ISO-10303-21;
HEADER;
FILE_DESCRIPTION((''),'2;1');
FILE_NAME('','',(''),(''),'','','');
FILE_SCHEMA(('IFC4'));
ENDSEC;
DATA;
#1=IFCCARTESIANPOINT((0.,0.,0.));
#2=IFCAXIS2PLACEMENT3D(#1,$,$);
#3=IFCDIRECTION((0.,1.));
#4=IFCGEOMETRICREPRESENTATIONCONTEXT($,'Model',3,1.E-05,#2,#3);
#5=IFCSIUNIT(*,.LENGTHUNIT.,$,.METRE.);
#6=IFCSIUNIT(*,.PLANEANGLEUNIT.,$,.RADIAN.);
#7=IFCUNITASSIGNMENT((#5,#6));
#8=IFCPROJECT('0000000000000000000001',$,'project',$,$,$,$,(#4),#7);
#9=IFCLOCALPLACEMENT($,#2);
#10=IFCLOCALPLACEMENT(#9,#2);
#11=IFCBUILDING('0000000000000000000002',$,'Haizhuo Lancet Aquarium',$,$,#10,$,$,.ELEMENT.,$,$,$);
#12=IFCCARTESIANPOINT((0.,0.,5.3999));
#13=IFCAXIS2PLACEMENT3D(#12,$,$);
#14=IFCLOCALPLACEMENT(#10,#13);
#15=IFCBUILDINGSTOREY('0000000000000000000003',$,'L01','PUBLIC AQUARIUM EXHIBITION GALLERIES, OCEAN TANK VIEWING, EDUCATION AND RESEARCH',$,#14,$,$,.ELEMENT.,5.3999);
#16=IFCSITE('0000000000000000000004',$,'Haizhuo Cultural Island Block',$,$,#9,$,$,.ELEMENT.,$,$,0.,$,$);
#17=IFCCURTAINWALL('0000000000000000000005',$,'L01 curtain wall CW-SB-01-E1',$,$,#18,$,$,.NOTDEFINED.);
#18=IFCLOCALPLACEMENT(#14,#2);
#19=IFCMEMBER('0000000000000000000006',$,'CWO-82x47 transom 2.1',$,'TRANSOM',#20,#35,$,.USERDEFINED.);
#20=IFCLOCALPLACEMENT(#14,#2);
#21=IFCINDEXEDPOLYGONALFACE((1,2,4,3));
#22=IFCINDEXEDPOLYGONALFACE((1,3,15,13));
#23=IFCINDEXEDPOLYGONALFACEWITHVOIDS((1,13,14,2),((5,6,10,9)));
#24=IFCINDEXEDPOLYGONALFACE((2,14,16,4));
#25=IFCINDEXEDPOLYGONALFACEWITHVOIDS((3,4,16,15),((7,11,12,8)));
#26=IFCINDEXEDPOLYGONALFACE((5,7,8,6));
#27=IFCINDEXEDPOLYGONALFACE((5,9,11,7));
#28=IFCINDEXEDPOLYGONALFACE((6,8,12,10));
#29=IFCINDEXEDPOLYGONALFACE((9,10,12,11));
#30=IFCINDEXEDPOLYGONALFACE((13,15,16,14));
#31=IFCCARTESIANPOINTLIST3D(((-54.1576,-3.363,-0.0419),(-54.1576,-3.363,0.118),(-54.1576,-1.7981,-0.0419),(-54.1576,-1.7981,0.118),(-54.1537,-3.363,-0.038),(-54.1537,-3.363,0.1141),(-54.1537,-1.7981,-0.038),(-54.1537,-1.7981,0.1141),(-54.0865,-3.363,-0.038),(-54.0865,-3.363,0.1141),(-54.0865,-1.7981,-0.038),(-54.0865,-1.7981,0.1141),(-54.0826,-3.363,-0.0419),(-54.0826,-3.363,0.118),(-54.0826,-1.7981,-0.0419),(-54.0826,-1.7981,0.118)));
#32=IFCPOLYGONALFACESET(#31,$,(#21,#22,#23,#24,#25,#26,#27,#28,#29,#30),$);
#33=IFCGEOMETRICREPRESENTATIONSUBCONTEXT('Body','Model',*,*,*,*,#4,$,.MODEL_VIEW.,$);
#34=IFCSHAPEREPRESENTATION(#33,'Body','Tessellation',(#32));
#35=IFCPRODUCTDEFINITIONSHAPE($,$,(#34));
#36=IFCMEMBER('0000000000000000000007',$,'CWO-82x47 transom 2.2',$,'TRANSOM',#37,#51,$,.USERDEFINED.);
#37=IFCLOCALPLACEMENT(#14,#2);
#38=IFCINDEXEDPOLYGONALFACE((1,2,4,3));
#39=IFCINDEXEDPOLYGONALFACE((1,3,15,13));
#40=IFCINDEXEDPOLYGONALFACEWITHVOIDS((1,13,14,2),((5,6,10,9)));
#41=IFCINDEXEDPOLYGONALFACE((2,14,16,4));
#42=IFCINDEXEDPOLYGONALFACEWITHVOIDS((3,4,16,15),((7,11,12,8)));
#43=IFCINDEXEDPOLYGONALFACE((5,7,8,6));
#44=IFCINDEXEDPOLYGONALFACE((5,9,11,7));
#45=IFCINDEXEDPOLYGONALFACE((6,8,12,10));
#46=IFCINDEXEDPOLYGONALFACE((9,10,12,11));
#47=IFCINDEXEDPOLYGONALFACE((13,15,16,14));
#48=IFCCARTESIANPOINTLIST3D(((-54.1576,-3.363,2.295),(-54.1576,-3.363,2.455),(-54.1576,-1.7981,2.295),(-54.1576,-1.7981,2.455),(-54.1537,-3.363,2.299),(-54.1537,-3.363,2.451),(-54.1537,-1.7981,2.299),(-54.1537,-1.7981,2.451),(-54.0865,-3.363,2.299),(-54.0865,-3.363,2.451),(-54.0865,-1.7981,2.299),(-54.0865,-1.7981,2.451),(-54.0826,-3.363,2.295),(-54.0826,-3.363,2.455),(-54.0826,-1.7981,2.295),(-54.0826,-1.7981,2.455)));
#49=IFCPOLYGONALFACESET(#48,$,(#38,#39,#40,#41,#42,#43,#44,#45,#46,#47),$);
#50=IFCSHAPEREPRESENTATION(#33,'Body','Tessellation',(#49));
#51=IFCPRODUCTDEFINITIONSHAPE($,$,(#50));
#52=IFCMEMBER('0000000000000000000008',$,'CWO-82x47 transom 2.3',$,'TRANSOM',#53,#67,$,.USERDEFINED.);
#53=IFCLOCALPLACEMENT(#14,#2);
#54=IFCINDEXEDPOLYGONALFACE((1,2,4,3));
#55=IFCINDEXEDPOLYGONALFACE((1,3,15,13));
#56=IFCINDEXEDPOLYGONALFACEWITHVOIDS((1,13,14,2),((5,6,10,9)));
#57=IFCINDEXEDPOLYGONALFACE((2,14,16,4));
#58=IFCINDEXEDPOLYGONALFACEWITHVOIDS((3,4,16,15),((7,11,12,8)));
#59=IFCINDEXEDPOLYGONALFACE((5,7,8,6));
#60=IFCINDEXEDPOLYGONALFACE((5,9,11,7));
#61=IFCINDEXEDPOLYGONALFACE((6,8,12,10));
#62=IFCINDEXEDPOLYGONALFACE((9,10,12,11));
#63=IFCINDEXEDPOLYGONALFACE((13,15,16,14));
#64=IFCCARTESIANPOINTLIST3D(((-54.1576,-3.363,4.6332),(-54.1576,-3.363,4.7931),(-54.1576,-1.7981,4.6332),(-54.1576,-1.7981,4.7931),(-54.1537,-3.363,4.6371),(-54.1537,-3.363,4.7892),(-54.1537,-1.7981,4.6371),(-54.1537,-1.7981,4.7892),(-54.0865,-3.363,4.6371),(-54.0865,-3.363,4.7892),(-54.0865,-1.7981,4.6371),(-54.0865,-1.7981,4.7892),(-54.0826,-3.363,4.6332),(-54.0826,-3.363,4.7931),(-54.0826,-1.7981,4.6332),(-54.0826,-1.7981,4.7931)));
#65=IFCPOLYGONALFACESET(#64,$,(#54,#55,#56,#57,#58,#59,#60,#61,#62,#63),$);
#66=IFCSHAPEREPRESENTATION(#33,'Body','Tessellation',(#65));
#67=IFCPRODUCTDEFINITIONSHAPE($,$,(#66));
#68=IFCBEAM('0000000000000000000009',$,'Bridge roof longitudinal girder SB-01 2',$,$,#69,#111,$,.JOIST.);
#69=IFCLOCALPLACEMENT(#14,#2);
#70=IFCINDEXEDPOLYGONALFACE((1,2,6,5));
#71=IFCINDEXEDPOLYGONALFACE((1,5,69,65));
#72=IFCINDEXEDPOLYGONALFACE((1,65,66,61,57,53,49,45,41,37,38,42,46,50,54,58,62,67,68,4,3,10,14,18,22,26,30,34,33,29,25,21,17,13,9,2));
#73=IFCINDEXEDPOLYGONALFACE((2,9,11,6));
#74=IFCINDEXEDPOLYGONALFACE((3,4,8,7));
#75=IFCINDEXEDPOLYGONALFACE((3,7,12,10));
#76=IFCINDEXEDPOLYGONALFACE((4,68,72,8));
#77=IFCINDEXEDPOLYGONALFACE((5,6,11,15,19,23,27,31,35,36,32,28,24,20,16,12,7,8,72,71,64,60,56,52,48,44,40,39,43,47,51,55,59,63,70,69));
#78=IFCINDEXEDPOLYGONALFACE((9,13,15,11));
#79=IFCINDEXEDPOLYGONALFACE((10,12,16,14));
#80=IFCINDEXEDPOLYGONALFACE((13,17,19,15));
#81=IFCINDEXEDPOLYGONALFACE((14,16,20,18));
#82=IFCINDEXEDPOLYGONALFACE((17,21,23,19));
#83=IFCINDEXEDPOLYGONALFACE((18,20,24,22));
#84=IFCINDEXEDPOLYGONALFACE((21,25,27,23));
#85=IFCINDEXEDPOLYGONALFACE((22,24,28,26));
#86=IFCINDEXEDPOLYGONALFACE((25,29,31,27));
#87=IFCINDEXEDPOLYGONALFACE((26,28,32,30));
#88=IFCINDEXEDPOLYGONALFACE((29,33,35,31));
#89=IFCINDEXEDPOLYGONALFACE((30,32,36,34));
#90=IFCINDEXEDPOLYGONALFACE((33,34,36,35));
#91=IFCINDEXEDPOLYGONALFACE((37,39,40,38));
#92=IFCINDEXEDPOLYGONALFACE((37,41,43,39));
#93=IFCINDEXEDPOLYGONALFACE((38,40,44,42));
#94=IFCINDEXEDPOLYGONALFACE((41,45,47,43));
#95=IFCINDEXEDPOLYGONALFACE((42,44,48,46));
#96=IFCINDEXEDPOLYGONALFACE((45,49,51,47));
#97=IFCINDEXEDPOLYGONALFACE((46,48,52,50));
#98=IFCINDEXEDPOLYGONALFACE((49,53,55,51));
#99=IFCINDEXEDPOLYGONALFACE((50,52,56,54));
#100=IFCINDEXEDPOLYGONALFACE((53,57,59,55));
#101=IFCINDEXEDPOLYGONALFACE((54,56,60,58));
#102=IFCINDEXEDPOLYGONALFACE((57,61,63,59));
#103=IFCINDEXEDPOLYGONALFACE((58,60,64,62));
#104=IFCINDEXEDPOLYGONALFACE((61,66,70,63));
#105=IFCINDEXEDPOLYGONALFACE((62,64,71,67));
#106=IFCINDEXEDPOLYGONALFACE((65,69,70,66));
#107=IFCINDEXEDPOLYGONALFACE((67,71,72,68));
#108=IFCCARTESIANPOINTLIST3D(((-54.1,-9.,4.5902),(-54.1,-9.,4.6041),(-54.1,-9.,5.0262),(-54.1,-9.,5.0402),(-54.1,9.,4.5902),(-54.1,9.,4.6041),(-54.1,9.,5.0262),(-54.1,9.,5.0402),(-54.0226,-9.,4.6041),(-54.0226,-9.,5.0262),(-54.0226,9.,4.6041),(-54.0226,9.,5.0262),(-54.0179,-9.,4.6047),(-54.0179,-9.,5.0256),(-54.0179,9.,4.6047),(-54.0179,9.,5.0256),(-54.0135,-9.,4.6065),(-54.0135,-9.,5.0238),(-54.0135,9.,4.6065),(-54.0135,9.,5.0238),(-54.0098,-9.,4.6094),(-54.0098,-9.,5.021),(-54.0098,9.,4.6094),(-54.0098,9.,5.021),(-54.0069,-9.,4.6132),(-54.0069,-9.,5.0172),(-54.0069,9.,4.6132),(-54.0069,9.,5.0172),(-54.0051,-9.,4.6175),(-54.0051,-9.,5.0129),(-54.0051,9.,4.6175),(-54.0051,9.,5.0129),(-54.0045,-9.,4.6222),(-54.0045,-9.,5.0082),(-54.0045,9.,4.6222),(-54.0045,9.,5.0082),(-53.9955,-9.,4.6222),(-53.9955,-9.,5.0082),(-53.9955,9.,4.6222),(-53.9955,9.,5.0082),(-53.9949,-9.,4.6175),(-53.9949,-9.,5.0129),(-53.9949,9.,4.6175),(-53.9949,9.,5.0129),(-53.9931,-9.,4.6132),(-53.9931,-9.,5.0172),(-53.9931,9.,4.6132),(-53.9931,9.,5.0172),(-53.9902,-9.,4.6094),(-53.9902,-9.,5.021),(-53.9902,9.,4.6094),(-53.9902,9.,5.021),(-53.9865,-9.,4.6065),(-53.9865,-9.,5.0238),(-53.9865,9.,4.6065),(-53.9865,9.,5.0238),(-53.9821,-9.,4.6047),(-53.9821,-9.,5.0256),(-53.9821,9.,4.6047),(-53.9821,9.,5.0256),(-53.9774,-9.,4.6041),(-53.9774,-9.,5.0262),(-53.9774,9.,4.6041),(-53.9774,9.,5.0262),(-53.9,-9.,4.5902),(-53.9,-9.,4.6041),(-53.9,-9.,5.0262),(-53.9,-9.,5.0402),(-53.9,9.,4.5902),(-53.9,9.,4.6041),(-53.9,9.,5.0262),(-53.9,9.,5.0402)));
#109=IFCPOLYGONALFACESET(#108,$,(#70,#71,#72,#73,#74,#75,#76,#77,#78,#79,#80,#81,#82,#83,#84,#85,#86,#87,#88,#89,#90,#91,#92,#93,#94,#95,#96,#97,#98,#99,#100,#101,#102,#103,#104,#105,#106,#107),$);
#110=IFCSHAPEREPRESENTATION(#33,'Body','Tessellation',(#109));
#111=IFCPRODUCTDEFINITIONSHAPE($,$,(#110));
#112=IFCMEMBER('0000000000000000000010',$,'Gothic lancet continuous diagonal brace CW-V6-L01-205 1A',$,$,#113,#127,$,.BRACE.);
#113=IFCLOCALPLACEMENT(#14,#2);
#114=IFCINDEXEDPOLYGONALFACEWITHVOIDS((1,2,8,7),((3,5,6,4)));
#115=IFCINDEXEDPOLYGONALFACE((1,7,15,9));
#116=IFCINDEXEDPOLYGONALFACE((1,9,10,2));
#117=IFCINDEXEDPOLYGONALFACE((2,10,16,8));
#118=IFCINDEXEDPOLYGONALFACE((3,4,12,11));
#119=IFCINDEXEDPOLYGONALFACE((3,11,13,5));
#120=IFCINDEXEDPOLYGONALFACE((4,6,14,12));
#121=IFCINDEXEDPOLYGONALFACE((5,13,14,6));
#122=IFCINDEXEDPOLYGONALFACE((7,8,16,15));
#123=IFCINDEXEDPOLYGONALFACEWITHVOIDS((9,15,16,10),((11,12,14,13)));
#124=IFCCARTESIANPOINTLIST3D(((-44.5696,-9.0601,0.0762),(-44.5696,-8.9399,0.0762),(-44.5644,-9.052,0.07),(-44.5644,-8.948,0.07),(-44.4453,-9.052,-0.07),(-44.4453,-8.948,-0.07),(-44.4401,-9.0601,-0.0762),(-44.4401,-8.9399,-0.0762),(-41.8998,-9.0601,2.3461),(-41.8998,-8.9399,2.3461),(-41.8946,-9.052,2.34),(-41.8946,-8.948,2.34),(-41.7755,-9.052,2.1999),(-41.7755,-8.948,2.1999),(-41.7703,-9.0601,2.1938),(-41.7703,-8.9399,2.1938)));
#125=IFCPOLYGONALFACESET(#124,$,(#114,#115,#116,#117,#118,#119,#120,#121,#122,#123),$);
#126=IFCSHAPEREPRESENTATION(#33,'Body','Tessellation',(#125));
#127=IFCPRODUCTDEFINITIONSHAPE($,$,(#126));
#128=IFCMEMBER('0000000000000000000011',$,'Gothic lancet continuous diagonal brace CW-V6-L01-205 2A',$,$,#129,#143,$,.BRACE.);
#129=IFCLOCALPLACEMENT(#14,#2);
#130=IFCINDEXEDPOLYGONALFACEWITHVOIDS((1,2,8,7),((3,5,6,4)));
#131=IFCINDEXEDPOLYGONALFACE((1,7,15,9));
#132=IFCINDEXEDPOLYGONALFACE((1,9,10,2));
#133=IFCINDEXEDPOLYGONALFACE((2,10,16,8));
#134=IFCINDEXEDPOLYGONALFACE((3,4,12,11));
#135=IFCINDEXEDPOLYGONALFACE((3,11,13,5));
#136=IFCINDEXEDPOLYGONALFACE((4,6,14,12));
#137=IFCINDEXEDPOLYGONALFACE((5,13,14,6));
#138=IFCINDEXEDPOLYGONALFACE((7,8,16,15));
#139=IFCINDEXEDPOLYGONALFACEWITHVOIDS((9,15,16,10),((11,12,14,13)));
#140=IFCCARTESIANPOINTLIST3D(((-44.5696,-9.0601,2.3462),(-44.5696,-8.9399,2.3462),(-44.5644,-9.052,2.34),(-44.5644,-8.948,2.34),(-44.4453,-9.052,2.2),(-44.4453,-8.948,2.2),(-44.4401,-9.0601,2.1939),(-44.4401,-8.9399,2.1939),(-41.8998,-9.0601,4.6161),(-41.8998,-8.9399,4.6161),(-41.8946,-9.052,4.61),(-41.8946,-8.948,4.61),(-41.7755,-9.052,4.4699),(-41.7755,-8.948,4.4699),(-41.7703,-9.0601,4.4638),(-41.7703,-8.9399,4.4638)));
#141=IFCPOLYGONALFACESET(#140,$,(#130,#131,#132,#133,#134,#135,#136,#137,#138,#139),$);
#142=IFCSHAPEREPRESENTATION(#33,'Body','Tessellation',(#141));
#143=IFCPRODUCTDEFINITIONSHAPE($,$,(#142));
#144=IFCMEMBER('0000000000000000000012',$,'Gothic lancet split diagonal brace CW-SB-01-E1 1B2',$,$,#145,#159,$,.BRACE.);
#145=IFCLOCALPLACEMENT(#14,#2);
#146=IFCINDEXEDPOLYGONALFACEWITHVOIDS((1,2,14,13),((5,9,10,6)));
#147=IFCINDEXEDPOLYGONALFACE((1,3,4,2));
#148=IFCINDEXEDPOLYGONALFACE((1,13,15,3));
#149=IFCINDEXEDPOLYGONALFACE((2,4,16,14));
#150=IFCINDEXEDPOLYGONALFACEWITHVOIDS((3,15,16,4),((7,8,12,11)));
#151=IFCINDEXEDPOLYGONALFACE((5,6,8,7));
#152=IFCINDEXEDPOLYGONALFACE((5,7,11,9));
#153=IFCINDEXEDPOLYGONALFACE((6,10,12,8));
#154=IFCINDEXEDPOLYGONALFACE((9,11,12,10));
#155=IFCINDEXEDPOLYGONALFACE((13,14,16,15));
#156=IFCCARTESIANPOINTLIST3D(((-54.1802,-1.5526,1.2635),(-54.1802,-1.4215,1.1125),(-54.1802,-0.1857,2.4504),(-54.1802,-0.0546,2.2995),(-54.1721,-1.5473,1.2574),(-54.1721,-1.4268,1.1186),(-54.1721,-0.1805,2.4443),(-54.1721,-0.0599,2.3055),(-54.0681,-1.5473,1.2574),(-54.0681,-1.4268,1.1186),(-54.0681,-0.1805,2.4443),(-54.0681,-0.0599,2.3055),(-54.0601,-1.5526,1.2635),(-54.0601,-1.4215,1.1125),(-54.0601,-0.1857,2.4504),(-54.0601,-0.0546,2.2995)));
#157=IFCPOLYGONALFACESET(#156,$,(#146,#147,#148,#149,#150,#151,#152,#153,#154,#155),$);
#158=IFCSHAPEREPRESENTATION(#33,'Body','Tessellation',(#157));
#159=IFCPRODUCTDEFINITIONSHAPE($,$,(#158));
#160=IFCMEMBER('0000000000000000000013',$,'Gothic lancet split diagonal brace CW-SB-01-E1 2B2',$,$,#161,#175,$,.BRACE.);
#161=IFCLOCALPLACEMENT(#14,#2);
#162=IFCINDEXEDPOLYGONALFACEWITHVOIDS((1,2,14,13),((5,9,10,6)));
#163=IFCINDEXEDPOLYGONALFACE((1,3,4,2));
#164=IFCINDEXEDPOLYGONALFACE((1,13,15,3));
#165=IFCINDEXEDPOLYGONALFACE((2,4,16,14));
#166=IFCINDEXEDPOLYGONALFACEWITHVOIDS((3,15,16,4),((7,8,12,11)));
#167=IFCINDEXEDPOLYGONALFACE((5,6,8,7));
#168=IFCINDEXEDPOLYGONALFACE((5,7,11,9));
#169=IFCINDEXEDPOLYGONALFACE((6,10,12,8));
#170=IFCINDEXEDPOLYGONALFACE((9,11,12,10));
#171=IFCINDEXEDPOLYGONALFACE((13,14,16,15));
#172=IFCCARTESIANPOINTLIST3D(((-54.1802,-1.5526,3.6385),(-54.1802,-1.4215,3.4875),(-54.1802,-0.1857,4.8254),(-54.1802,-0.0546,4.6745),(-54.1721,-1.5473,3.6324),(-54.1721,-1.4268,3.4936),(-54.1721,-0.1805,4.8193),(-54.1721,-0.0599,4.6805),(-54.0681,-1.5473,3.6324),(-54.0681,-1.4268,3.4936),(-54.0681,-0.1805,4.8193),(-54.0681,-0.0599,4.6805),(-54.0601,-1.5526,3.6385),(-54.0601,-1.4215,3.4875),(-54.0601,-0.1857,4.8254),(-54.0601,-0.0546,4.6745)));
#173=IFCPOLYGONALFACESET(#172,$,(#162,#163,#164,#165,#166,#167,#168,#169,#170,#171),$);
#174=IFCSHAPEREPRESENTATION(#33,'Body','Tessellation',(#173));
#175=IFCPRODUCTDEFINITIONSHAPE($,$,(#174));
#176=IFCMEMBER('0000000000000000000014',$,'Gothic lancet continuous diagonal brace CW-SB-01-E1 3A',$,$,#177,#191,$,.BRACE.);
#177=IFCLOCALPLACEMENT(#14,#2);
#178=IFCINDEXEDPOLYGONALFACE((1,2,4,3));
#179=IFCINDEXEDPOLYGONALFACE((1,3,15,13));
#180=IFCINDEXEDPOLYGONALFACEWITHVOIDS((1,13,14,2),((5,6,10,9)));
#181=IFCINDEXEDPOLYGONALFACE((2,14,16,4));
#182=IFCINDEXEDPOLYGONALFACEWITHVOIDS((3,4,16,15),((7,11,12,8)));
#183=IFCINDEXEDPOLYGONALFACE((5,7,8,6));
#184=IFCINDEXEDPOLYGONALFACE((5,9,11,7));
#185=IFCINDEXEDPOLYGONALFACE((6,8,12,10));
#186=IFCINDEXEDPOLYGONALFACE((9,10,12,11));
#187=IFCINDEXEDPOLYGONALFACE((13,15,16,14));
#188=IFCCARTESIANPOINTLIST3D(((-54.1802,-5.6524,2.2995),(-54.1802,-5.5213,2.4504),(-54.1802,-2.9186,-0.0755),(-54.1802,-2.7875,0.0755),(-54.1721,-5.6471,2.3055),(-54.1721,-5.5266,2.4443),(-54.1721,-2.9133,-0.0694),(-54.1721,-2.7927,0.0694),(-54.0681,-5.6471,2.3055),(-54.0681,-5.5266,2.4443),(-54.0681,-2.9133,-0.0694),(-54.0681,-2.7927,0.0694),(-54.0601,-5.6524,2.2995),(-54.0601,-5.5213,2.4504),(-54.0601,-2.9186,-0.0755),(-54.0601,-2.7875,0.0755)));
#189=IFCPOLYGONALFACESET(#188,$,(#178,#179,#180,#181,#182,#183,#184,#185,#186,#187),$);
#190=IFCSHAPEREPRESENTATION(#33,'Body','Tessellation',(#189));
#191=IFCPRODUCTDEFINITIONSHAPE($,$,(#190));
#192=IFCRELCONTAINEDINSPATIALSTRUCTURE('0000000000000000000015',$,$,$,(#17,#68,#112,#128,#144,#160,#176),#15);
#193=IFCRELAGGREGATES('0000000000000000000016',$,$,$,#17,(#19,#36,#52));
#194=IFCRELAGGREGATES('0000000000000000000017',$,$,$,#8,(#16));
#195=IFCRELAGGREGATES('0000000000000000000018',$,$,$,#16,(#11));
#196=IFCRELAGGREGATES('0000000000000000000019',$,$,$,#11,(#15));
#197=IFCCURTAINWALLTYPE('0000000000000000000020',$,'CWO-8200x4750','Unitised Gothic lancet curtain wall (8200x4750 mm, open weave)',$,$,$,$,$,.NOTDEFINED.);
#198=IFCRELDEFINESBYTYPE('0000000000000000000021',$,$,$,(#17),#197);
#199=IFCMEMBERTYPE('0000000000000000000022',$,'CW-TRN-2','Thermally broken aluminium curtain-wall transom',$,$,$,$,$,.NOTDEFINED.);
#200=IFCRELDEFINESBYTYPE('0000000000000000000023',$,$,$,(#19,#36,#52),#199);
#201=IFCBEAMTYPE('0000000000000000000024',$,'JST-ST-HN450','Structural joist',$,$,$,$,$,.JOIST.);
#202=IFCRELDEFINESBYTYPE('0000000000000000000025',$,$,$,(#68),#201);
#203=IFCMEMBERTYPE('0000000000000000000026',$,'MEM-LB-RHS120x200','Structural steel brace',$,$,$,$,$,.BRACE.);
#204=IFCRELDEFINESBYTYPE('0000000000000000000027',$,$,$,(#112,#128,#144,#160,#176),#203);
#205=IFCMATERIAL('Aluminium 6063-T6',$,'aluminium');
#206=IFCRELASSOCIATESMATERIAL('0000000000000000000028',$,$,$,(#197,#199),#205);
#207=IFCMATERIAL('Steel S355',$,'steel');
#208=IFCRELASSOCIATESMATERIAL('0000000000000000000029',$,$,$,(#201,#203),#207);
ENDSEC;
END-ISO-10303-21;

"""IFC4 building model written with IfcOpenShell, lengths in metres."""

from ifc_helpers import new_model, si_unit, direction, frame, origin, origin_2d, place, context, subcontext, project, spatial, hollow_rectangle, i_section, extrude, material, material_profile, profile_set, type_object, element, aggregate, save


model = new_model("IFC4")

# Units and contexts
model_context = context("Model", 3, precision=1e-05, world=origin(), true_north=direction((0.0, 1.0)))
body_context = subcontext(model_context, "Body", "Model", "MODEL_VIEW")
ifc_project = project(units=[si_unit("LENGTHUNIT", "METRE"), si_unit("PLANEANGLEUNIT", "RADIAN")], contexts=[model_context])

# Site, building, storey
site_placement = place(None, origin())
site = spatial("IfcSite", under=ifc_project, at=site_placement, Name="Haizhuo Cultural Island Block", CompositionType="ELEMENT", RefElevation=0.0)
building_placement = place(site_placement, origin())
building = spatial("IfcBuilding", under=site, at=building_placement, Name="Haizhuo Lancet Aquarium", CompositionType="ELEMENT")
storey_placement = place(building_placement, frame((0.0, 0.0, 5.3999)))
storey = spatial("IfcBuildingStorey", under=building, at=storey_placement, Name="L01", Description="PUBLIC AQUARIUM EXHIBITION GALLERIES, OCEAN TANK VIEWING, EDUCATION AND RESEARCH", CompositionType="ELEMENT", Elevation=5.3999)

# Shared definitions
ifc_material_1 = material(Name="Steel S355", Category="steel")

# Curtain wall
ifc_material_2 = material(Name="Aluminium 6063-T6", Category="aluminium")
curtain_wall_type_1 = type_object("IfcCurtainWallType", Name="CWO-8200x4750", Description="Unitised Gothic lancet curtain wall (8200x4750 mm, open weave)", PredefinedType="NOTDEFINED", material=ifc_material_2)
curtain_wall_1_placement = place(storey_placement, origin())
curtain_wall_1 = element("IfcCurtainWall", 1, at=curtain_wall_1_placement, inside=storey, type_object=curtain_wall_type_1, Name="L01 curtain wall CW-SB-01-E1", PredefinedType="NOTDEFINED")

# Members
ifc_material_profile_1 = material_profile(ifc_material_2, hollow_rectangle(XDim=0.075, YDim=0.1599, WallThickness=0.0039, at=origin_2d()), Name="ALU-T 75x160x4")
ifc_profile_set_1 = profile_set([ifc_material_profile_1], Name="Aluminium 6063-T6")
member_type_1 = type_object("IfcMemberType", Name="CW-TRN-2", Description="Thermally broken aluminium curtain-wall transom", PredefinedType="NOTDEFINED", material=ifc_profile_set_1)
member_1_placement = place(storey_placement, frame((-54.1201, -1.7981, 0.0381), z_axis=(0.0, -1.0, 0.0), x_axis=(1.0, 0.0, 0.0)))
member_1 = element("IfcMember", 2, at=member_1_placement, type_object=member_type_1, Name="CWO-82x47 transom 2.1", ObjectType="TRANSOM", PredefinedType="USERDEFINED", context=body_context, shape_type="SweptSolid", body=[
    extrude(hollow_rectangle(XDim=0.075, YDim=0.1599, WallThickness=0.0039, at=origin_2d()), origin(), (0.0, 0.0, 1.0), 1.5649),
])
member_2_placement = place(storey_placement, frame((-54.1201, -1.7981, 2.375), z_axis=(0.0, -1.0, 0.0), x_axis=(1.0, 0.0, 0.0)))
member_2 = element("IfcMember", 3, at=member_2_placement, type_object=member_type_1, Name="CWO-82x47 transom 2.2", ObjectType="TRANSOM", PredefinedType="USERDEFINED", context=body_context, shape_type="SweptSolid", body=[
    extrude(hollow_rectangle(XDim=0.075, YDim=0.1599, WallThickness=0.0039, at=origin_2d()), origin(), (0.0, 0.0, 1.0), 1.5649),
])
member_3_placement = place(storey_placement, frame((-54.1201, -1.7981, 4.7131), z_axis=(0.0, -1.0, 0.0), x_axis=(1.0, 0.0, 0.0)))
member_3 = element("IfcMember", 4, at=member_3_placement, type_object=member_type_1, Name="CWO-82x47 transom 2.3", ObjectType="TRANSOM", PredefinedType="USERDEFINED", context=body_context, shape_type="SweptSolid", body=[
    extrude(hollow_rectangle(XDim=0.075, YDim=0.1599, WallThickness=0.0039, at=origin_2d()), origin(), (0.0, 0.0, 1.0), 1.5649),
])

# Beam
ifc_material_profile_2 = material_profile(ifc_material_1, i_section(OverallWidth=0.2, OverallDepth=0.45, WebThickness=0.009, FlangeThickness=0.0139, FilletRadius=0.0181, at=origin_2d()), Name="HN 450x200x9x14")
ifc_profile_set_2 = profile_set([ifc_material_profile_2], Name="Steel S355")
beam_type_1 = type_object("IfcBeamType", Name="JST-ST-HN450", Description="Structural joist", PredefinedType="JOIST", material=ifc_profile_set_2)
beam_placement = place(storey_placement, frame((-54.0, -9.0, 4.8152), z_axis=(0.0, 1.0, 0.0), x_axis=(-1.0, 0.0, 0.0)))
element("IfcBeam", 5, at=beam_placement, inside=storey, type_object=beam_type_1, Name="Bridge roof longitudinal girder SB-01 2", PredefinedType="JOIST", context=body_context, shape_type="SweptSolid", body=[
    extrude(i_section(OverallWidth=0.2, OverallDepth=0.45, WebThickness=0.009, FlangeThickness=0.0139, FilletRadius=0.0181, at=origin_2d()), origin(), (0.0, 0.0, 1.0), 18.0),
])

# Members
ifc_material_profile_3 = material_profile(ifc_material_1, hollow_rectangle(XDim=0.1201, YDim=0.2, WallThickness=0.0081, at=origin_2d()), Name="RHS 120x200x8")
ifc_profile_set_3 = profile_set([ifc_material_profile_3], Name="Steel S355")
member_type_2 = type_object("IfcMemberType", Name="MEM-LB-RHS120x200", Description="Structural steel brace", PredefinedType="BRACE", material=ifc_profile_set_3)
for number, where, z_axis, x_axis, name in (
    (6, (-44.5049, -9.0, 0.0), (0.761857, 0.0, 0.647745), (0.0, 1.0, 0.0), "Gothic lancet continuous diagonal brace CW-V6-L01-205 1A"),
    (7, (-44.5049, -9.0, 2.27), (0.761857, 0.0, 0.647745), (0.0, 1.0, 0.0), "Gothic lancet continuous diagonal brace CW-V6-L01-205 2A"),
):
    element("IfcMember", number, at=place(storey_placement, frame(where, z_axis=z_axis, x_axis=x_axis)), inside=storey, type_object=member_type_2, Name=name, PredefinedType="BRACE", context=body_context, shape_type="SweptSolid", body=[
        extrude(hollow_rectangle(XDim=0.1201, YDim=0.2, WallThickness=0.0081, at=origin_2d()), origin(), (0.0, 0.0, 1.0), 3.5044),
    ])
for number, where, z_axis, x_axis, name in (
    (8, (-54.1201, -1.4871, 1.188), (0.0, 0.755052, 0.655664), (-1.0, 0.0, 0.0), "Gothic lancet split diagonal brace CW-SB-01-E1 1B2"),
    (9, (-54.1201, -1.4871, 3.563), (0.0, 0.755052, 0.655664), (-1.0, 0.0, 0.0), "Gothic lancet split diagonal brace CW-SB-01-E1 2B2"),
):
    element("IfcMember", number, at=place(storey_placement, frame(where, z_axis=z_axis, x_axis=x_axis)), inside=storey, type_object=member_type_2, Name=name, PredefinedType="BRACE", context=body_context, shape_type="SweptSolid", body=[
        extrude(hollow_rectangle(XDim=0.1201, YDim=0.2, WallThickness=0.0081, at=origin_2d()), origin(), (0.0, 0.0, 1.0), 1.8103),
    ])
for number, where, z_axis, x_axis, name in (
    (10, (-54.1201, -2.853, 0.0), (0.0, -0.754919, 0.655818), (1.0, 0.0, 0.0), "Gothic lancet continuous diagonal brace CW-SB-01-E1 3A"),
):
    element("IfcMember", number, at=place(storey_placement, frame(where, z_axis=z_axis, x_axis=x_axis)), inside=storey, type_object=member_type_2, Name=name, PredefinedType="BRACE", context=body_context, shape_type="SweptSolid", body=[
        extrude(hollow_rectangle(XDim=0.1201, YDim=0.2, WallThickness=0.0081, at=origin_2d()), origin(), (0.0, 0.0, 1.0), 3.6213),
    ])

aggregate(curtain_wall_1, [member_1, member_2, member_3])

save(model, "model.ifc")
